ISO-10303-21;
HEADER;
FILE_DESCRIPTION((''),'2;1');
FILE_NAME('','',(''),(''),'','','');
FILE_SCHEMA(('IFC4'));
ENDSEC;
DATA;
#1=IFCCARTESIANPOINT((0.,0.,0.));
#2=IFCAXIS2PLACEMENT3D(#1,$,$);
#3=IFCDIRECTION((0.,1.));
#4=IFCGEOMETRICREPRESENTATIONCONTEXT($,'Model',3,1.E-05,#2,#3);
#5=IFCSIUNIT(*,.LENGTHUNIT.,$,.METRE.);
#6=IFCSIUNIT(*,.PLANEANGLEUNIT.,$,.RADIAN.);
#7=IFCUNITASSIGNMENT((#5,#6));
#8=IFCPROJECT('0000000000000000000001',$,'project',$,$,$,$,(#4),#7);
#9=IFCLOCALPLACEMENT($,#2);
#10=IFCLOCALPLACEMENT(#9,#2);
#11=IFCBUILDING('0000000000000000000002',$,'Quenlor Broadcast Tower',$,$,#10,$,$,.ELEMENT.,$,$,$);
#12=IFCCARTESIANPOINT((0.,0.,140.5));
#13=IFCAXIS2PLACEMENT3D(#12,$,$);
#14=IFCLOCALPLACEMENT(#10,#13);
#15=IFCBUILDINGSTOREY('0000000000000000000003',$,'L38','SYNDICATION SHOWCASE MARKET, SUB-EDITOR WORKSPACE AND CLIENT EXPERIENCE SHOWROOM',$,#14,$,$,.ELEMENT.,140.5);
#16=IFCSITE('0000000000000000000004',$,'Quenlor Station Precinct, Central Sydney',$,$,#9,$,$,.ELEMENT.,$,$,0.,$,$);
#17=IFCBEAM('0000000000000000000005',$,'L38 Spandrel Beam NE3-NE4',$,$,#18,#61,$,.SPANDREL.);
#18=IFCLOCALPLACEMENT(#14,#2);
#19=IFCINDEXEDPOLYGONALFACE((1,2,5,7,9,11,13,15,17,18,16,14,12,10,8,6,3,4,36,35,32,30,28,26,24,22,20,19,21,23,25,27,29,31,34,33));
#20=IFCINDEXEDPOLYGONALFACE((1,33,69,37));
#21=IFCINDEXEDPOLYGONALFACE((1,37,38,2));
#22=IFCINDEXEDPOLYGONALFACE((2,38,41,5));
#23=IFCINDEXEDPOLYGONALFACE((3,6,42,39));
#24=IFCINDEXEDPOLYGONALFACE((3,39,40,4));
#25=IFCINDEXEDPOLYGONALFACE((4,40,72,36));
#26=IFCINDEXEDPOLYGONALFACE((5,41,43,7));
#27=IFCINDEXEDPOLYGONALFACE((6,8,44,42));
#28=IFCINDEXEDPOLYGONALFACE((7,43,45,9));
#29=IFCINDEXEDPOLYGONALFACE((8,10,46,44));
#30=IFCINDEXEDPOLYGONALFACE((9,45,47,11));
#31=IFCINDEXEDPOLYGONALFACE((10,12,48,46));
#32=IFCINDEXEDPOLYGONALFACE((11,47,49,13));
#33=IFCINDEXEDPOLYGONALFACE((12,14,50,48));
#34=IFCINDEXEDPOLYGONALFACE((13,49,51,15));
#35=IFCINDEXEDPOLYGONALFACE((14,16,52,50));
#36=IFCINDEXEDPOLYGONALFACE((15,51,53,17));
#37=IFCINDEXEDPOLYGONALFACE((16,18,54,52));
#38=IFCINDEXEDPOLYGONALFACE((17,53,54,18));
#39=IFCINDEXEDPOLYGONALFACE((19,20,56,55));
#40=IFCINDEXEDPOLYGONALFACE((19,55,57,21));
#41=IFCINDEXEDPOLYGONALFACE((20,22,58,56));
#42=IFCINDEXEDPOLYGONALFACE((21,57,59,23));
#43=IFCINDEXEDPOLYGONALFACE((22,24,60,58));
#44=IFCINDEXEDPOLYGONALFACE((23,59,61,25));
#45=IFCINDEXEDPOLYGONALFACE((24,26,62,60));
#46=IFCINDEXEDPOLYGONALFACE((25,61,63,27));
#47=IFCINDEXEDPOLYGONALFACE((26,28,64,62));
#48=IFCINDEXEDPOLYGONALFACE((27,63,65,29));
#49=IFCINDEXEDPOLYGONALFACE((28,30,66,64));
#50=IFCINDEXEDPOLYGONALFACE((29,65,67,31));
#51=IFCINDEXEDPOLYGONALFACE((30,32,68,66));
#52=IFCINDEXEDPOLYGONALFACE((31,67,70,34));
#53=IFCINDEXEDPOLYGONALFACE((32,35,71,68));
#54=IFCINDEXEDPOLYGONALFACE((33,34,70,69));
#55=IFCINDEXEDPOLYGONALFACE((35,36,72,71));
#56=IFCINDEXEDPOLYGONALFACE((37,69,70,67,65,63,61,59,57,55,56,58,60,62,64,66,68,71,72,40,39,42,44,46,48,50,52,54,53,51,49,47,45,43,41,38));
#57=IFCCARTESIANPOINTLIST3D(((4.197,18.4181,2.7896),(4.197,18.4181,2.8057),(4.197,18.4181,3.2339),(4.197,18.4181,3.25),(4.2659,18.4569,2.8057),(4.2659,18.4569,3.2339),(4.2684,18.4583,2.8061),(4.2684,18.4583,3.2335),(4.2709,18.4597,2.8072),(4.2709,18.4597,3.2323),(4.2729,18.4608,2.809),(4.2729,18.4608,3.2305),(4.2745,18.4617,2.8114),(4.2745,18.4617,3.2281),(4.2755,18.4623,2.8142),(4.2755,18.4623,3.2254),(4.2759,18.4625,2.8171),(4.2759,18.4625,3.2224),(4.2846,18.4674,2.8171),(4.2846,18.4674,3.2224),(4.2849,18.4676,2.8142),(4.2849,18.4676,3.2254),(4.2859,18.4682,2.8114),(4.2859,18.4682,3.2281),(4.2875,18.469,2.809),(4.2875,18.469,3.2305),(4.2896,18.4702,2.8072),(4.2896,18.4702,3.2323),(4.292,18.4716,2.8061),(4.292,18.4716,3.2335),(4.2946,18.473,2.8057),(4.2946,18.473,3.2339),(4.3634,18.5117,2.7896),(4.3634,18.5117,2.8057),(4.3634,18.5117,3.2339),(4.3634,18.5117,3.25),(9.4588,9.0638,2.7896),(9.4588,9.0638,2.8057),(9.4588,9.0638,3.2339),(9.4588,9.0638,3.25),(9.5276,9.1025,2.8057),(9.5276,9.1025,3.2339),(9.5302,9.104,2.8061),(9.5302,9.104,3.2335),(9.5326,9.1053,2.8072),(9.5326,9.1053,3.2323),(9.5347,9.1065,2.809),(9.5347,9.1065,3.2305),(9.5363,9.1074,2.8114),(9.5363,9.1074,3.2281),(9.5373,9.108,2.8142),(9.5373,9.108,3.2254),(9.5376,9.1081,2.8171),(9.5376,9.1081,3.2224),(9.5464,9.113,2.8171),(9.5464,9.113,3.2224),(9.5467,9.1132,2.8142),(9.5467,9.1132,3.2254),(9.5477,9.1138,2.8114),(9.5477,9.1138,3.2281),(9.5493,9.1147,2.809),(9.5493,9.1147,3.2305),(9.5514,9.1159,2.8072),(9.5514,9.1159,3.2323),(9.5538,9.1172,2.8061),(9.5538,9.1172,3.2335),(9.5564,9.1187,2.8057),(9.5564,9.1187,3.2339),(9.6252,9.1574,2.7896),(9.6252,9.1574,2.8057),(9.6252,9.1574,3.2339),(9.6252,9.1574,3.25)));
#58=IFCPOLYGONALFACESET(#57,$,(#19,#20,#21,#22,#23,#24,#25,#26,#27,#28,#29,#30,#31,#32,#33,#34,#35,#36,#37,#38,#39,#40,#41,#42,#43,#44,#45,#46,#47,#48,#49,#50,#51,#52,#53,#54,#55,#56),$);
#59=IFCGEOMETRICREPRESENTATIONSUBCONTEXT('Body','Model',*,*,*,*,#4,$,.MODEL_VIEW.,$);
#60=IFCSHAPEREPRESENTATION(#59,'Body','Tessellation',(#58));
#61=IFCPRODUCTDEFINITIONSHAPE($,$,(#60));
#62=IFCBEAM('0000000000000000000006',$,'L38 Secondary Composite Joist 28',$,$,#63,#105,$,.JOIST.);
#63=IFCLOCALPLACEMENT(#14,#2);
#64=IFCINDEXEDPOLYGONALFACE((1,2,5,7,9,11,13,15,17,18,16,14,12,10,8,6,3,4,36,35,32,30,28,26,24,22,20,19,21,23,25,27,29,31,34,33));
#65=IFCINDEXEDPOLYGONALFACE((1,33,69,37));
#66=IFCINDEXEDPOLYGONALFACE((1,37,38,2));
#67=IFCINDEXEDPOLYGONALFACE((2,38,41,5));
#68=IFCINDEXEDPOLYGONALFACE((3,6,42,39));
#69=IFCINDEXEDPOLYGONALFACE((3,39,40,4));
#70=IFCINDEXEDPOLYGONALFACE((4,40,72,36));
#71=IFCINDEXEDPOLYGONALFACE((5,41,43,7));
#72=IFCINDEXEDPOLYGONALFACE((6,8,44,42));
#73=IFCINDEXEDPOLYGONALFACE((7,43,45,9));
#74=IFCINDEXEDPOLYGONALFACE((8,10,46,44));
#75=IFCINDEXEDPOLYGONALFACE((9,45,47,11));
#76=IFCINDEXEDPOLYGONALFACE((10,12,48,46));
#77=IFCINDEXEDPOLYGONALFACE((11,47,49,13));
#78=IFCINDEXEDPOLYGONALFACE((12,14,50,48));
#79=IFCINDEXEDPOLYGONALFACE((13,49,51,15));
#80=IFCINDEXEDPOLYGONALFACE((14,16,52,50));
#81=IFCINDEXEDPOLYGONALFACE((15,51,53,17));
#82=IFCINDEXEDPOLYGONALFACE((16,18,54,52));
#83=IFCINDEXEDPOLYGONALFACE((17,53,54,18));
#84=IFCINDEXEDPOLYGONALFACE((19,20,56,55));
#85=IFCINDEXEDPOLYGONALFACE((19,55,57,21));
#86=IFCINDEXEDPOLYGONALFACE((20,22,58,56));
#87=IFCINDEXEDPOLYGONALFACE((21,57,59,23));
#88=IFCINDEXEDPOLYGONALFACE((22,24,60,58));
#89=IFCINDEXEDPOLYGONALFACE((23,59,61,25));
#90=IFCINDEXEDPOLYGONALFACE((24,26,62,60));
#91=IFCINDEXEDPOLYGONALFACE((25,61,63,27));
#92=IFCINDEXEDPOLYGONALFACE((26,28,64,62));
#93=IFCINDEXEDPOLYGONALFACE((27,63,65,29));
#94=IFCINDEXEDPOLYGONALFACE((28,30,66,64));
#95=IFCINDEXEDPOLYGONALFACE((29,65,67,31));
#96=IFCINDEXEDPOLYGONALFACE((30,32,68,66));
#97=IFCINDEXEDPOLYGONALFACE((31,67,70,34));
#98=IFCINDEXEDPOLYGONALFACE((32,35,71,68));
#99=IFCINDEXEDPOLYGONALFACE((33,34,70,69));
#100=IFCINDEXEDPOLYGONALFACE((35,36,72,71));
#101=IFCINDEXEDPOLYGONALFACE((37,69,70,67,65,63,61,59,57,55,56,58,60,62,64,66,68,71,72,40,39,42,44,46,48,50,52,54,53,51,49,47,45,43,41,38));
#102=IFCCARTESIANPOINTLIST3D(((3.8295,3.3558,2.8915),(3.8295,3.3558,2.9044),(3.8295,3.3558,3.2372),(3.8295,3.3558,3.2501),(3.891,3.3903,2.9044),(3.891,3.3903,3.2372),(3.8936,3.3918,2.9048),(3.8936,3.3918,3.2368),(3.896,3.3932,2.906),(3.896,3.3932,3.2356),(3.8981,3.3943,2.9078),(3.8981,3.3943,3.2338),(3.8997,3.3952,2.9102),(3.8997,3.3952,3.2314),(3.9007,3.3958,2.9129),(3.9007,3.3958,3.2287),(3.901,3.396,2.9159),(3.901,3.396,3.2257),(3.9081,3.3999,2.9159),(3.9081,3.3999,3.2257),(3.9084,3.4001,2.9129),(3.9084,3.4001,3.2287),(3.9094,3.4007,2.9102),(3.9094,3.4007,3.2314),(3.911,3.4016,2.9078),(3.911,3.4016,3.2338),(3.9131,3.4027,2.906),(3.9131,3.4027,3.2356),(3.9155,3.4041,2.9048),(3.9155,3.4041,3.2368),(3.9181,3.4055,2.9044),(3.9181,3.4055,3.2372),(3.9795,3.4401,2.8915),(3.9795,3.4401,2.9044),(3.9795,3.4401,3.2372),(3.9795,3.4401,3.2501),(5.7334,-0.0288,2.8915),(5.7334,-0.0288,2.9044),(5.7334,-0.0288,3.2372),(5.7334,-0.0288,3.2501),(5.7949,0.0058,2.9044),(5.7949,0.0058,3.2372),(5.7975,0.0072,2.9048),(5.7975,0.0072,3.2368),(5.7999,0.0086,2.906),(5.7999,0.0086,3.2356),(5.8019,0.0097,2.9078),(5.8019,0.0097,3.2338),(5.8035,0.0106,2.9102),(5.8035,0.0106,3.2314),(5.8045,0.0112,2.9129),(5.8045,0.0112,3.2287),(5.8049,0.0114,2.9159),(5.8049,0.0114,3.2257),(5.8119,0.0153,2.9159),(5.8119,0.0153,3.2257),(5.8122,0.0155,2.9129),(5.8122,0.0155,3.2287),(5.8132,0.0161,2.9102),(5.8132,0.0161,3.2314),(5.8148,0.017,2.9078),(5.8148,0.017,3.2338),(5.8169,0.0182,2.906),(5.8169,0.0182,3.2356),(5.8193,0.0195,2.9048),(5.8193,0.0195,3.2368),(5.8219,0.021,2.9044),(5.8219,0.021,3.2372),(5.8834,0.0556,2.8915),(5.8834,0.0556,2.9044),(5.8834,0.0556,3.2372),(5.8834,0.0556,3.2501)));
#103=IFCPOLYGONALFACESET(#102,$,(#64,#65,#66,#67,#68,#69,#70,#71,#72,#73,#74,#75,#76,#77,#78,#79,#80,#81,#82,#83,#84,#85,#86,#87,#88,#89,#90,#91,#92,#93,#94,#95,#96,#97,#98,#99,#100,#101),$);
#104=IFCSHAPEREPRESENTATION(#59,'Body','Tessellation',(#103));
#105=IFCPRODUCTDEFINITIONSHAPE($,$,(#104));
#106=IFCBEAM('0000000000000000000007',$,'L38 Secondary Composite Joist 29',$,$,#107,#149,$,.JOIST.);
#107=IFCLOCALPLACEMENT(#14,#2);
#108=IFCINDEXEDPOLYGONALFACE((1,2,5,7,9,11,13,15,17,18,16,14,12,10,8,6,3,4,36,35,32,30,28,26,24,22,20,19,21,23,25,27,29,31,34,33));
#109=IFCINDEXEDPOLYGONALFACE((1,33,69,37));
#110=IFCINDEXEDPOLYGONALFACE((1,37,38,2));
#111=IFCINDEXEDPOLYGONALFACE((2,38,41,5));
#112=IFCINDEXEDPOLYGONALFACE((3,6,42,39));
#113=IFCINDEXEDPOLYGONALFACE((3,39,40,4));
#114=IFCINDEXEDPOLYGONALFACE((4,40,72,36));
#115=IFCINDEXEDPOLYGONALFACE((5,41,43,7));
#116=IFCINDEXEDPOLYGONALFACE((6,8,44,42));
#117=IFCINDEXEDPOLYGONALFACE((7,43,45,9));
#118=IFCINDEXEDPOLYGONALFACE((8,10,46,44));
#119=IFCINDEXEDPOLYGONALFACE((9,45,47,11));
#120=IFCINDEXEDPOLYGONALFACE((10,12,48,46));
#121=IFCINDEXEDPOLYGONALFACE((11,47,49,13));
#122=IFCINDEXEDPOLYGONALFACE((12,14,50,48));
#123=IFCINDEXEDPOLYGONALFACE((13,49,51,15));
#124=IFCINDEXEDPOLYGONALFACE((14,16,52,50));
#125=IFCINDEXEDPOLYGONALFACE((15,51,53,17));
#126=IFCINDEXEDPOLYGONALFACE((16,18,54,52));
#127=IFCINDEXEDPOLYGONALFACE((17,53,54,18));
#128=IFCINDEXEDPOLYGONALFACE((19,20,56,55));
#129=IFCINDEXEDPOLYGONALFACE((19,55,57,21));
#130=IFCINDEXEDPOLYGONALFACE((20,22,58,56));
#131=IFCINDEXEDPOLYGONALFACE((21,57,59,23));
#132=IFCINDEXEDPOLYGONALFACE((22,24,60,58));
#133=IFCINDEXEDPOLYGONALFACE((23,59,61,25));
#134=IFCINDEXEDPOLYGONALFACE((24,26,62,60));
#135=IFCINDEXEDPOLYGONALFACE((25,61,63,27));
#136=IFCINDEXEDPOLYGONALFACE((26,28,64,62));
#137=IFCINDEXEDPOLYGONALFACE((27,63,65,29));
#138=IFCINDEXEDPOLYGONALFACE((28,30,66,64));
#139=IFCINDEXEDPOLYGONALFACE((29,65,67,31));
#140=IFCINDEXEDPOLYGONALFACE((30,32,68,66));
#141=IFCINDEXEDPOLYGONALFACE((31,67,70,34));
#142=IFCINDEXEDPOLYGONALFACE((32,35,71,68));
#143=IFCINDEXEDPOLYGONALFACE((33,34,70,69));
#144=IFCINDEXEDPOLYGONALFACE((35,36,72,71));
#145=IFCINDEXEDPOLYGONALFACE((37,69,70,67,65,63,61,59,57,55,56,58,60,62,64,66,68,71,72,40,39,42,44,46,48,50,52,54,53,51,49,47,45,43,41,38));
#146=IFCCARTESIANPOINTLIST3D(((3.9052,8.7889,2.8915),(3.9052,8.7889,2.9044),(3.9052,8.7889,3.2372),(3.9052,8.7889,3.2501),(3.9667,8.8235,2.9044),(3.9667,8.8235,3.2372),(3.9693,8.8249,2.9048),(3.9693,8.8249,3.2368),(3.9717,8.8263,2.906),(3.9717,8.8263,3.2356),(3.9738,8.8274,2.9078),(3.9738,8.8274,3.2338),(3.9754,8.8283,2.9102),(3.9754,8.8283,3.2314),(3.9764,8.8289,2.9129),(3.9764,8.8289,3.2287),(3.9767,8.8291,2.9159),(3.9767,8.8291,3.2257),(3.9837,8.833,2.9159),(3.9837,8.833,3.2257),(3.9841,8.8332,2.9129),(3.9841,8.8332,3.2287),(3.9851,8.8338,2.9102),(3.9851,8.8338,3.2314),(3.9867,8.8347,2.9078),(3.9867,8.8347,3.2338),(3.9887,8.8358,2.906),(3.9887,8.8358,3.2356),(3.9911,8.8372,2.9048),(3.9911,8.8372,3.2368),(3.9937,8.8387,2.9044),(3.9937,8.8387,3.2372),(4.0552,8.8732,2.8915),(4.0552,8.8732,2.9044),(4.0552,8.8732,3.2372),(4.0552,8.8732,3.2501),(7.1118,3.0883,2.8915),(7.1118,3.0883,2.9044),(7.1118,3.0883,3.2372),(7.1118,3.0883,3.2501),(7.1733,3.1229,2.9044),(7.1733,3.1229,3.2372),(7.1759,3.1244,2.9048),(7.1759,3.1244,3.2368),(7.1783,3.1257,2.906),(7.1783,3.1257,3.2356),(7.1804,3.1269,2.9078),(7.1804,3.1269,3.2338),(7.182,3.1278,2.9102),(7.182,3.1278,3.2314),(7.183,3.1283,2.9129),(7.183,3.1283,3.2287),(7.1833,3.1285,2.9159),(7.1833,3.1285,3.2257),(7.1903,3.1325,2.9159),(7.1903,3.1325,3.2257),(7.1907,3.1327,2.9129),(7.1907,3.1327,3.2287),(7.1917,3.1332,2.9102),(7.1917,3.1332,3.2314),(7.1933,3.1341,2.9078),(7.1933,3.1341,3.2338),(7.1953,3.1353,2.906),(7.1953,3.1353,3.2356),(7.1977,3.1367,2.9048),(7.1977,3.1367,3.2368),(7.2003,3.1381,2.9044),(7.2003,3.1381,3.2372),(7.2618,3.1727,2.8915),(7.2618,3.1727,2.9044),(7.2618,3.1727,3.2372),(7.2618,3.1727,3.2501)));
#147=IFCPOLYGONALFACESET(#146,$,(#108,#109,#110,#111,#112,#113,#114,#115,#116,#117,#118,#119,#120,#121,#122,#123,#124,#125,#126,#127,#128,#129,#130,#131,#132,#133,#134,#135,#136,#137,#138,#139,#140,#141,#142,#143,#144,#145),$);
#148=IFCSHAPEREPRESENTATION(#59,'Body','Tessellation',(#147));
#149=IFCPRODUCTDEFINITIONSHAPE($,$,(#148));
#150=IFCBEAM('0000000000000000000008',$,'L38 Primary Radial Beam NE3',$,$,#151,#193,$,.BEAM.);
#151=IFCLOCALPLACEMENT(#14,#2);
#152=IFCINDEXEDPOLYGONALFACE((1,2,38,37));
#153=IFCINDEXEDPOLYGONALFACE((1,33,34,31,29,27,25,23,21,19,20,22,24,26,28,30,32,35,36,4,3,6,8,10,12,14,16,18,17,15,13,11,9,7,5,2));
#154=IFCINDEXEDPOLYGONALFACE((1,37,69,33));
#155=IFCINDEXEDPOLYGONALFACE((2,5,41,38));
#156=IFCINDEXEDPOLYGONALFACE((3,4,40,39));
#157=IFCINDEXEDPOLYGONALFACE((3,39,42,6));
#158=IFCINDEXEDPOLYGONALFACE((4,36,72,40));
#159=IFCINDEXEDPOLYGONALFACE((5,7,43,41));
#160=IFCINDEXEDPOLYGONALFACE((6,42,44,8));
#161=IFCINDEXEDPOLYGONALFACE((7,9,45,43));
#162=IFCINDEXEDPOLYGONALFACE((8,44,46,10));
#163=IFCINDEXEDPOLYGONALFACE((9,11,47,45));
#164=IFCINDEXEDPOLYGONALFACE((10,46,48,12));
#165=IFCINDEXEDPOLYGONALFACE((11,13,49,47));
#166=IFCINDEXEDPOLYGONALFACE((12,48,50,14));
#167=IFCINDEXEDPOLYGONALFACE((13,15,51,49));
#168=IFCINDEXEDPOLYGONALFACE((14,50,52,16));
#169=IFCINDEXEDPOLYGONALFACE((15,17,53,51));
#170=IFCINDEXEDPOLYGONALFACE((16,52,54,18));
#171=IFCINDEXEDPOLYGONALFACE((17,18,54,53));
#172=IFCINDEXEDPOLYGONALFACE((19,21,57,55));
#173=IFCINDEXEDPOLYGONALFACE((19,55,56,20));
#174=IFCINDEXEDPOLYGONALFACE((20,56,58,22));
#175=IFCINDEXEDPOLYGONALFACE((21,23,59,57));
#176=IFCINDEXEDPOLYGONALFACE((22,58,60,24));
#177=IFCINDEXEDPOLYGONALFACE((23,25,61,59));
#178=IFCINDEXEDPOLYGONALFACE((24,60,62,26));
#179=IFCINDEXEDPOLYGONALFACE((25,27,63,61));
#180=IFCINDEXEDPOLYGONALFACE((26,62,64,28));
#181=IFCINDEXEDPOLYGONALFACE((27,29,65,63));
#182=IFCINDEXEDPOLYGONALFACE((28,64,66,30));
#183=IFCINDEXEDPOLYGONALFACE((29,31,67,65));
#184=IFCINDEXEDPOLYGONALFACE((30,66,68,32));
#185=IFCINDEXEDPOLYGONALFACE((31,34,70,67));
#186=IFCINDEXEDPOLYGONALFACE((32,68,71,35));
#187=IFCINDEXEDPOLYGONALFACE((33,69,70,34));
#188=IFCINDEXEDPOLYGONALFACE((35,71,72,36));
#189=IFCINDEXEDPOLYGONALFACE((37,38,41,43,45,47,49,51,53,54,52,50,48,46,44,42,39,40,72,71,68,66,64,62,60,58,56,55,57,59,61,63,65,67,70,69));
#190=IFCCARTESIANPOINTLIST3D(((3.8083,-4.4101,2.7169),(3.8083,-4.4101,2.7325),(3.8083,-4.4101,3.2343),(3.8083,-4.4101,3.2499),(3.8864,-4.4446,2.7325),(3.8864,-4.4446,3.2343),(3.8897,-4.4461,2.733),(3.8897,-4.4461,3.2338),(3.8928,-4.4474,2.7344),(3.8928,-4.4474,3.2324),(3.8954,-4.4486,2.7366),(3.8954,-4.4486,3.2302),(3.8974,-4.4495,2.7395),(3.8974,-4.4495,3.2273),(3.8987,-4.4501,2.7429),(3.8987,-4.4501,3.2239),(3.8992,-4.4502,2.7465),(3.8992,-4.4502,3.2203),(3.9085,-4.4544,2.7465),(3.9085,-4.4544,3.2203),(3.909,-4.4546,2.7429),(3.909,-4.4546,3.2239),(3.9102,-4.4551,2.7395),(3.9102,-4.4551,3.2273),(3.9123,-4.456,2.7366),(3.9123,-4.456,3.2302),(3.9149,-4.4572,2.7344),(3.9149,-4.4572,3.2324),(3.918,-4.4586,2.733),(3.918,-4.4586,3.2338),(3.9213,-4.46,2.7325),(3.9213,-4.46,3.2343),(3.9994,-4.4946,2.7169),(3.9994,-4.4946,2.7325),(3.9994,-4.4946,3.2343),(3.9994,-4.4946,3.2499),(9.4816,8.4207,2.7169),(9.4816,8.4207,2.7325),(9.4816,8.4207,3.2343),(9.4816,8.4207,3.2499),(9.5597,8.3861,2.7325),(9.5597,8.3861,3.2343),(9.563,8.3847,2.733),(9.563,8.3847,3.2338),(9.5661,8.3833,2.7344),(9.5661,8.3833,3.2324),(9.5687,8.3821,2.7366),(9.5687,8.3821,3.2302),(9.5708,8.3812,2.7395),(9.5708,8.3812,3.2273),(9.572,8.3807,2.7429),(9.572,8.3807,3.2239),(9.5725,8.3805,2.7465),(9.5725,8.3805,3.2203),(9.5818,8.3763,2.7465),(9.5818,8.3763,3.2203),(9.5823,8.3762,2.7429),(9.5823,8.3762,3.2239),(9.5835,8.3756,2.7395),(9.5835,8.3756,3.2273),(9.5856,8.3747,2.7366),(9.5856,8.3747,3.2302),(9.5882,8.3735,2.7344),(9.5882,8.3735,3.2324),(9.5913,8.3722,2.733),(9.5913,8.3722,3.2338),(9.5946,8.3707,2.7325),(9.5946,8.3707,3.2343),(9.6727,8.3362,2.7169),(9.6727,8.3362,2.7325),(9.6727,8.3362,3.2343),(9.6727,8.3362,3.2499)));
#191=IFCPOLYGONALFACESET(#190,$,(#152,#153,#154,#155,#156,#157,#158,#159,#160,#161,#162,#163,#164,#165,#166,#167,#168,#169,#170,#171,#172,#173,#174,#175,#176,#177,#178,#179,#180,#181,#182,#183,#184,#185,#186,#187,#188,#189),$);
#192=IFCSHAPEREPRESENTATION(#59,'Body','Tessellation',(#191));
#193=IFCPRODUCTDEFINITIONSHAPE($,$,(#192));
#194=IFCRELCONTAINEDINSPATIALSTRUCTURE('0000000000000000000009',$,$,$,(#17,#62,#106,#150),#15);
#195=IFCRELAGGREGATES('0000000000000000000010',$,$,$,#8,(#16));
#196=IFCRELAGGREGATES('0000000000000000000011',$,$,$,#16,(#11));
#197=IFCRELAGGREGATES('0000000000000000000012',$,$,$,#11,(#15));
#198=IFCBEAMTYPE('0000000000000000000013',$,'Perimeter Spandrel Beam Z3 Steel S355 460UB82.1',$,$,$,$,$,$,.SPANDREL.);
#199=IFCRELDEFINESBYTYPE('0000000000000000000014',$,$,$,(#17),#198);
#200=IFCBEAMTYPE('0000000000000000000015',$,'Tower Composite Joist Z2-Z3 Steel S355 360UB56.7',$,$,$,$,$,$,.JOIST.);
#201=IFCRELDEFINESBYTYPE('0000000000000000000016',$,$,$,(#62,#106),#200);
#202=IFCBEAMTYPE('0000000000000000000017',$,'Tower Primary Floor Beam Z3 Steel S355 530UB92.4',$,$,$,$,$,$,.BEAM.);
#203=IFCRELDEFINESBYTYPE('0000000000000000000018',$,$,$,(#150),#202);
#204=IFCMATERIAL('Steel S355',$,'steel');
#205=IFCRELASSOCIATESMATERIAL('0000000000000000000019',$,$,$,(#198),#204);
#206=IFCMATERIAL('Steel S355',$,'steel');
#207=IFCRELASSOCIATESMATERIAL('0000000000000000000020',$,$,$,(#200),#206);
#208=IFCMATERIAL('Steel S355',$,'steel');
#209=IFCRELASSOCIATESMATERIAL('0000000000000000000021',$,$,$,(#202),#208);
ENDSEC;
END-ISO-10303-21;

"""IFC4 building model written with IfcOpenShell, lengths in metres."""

from ifc_helpers import new_model, si_unit, direction, frame, origin, origin_2d, place, context, subcontext, project, spatial, i_section, extrude, material, material_profile, profile_set, type_object, element, save


model = new_model("IFC4")

# Units and contexts
model_context = context("Model", 3, precision=1e-05, world=origin(), true_north=direction((0.0, 1.0)))
body_context = subcontext(model_context, "Body", "Model", "MODEL_VIEW")
ifc_project = project(units=[si_unit("LENGTHUNIT", "METRE"), si_unit("PLANEANGLEUNIT", "RADIAN")], contexts=[model_context])

# Site, building, storey
site_placement = place(None, origin())
site = spatial("IfcSite", under=ifc_project, at=site_placement, Name="Quenlor Station Precinct, Central Sydney", CompositionType="ELEMENT", RefElevation=0.0)
building_placement = place(site_placement, origin())
building = spatial("IfcBuilding", under=site, at=building_placement, Name="Quenlor Broadcast Tower", CompositionType="ELEMENT")
storey_placement = place(building_placement, frame((0.0, 0.0, 140.5)))
storey = spatial("IfcBuildingStorey", under=building, at=storey_placement, Name="L38", Description="SYNDICATION SHOWCASE MARKET, SUB-EDITOR WORKSPACE AND CLIENT EXPERIENCE SHOWROOM", CompositionType="ELEMENT", Elevation=140.5)

# Beams
ifc_material_1 = material(Name="Steel S355", Category="steel")
ifc_material_profile_1 = material_profile(ifc_material_1, i_section(OverallWidth=0.1909, OverallDepth=0.4604, WebThickness=0.01, FlangeThickness=0.0161, FilletRadius=0.0115, at=origin_2d()))
ifc_profile_set_1 = profile_set([ifc_material_profile_1], Name="Steel S355 460UB82.1")
beam_type_1 = type_object("IfcBeamType", Name="Perimeter Spandrel Beam Z3 Steel S355 460UB82.1", PredefinedType="SPANDREL", material=ifc_profile_set_1)
beam_1_placement = place(storey_placement, frame((9.542, 9.1106, 3.0198), z_axis=(-0.490258, 0.871577, 0.0), x_axis=(-0.871577, -0.490258, 0.0)))
element("IfcBeam", 1, at=beam_1_placement, inside=storey, type_object=beam_type_1, Name="L38 Spandrel Beam NE3-NE4", PredefinedType="SPANDREL", context=body_context, shape_type="SweptSolid", body=[
    extrude(i_section(OverallWidth=0.1909, OverallDepth=0.4604, WebThickness=0.01, FlangeThickness=0.0161, FilletRadius=0.0115, at=origin_2d()), origin(), (0.0, 0.0, 1.0), 10.7327),
])
ifc_material_2 = material(Name="Steel S355", Category="steel")
ifc_material_profile_2 = material_profile(ifc_material_2, i_section(OverallWidth=0.1721, OverallDepth=0.3586, WebThickness=0.0081, FlangeThickness=0.0129, FilletRadius=0.0115, at=origin_2d()))
ifc_profile_set_2 = profile_set([ifc_material_profile_2], Name="Steel S355 360UB56.7")
beam_type_2 = type_object("IfcBeamType", Name="Tower Composite Joist Z2-Z3 Steel S355 360UB56.7", PredefinedType="JOIST", material=ifc_profile_set_2)
beam_2_placement = place(storey_placement, frame((3.9045, 3.3979, 3.0708), z_axis=(0.490264, -0.871574, 0.0), x_axis=(0.871574, 0.490264, 0.0)))
element("IfcBeam", 2, at=beam_2_placement, inside=storey, type_object=beam_type_2, Name="L38 Secondary Composite Joist 28", PredefinedType="JOIST", context=body_context, shape_type="SweptSolid", body=[
    extrude(i_section(OverallWidth=0.1721, OverallDepth=0.3586, WebThickness=0.0081, FlangeThickness=0.0129, FilletRadius=0.0115, at=origin_2d()), origin(), (0.0, 0.0, 1.0), 3.8833),
])
beam_3_placement = place(storey_placement, frame((3.9802, 8.8311, 3.0708), z_axis=(0.490267, -0.871573, 0.0), x_axis=(0.871573, 0.490267, 0.0)))
element("IfcBeam", 3, at=beam_3_placement, inside=storey, type_object=beam_type_2, Name="L38 Secondary Composite Joist 29", PredefinedType="JOIST", context=body_context, shape_type="SweptSolid", body=[
    extrude(i_section(OverallWidth=0.1721, OverallDepth=0.3586, WebThickness=0.0081, FlangeThickness=0.0129, FilletRadius=0.0115, at=origin_2d()), origin(), (0.0, 0.0, 1.0), 6.5405),
])
ifc_material_3 = material(Name="Steel S355", Category="steel")
ifc_material_profile_3 = material_profile(ifc_material_3, i_section(OverallWidth=0.209, OverallDepth=0.533, WebThickness=0.0103, FlangeThickness=0.0156, FilletRadius=0.0139, at=origin_2d()))
ifc_profile_set_3 = profile_set([ifc_material_profile_3], Name="Steel S355 530UB92.4")
beam_type_3 = type_object("IfcBeamType", Name="Tower Primary Floor Beam Z3 Steel S355 530UB92.4", PredefinedType="BEAM", material=ifc_profile_set_3)
beam_4_placement = place(storey_placement, frame((9.5771, 8.3784, 2.9834), z_axis=(-0.404397, -0.914583, 0.0), x_axis=(0.914583, -0.404397, 0.0)))
element("IfcBeam", 4, at=beam_4_placement, inside=storey, type_object=beam_type_3, Name="L38 Primary Radial Beam NE3", PredefinedType="BEAM", context=body_context, shape_type="SweptSolid", body=[
    extrude(i_section(OverallWidth=0.209, OverallDepth=0.533, WebThickness=0.0103, FlangeThickness=0.0156, FilletRadius=0.0139, at=origin_2d()), origin(), (0.0, 0.0, 1.0), 14.0291),
])

save(model, "model.ifc")
